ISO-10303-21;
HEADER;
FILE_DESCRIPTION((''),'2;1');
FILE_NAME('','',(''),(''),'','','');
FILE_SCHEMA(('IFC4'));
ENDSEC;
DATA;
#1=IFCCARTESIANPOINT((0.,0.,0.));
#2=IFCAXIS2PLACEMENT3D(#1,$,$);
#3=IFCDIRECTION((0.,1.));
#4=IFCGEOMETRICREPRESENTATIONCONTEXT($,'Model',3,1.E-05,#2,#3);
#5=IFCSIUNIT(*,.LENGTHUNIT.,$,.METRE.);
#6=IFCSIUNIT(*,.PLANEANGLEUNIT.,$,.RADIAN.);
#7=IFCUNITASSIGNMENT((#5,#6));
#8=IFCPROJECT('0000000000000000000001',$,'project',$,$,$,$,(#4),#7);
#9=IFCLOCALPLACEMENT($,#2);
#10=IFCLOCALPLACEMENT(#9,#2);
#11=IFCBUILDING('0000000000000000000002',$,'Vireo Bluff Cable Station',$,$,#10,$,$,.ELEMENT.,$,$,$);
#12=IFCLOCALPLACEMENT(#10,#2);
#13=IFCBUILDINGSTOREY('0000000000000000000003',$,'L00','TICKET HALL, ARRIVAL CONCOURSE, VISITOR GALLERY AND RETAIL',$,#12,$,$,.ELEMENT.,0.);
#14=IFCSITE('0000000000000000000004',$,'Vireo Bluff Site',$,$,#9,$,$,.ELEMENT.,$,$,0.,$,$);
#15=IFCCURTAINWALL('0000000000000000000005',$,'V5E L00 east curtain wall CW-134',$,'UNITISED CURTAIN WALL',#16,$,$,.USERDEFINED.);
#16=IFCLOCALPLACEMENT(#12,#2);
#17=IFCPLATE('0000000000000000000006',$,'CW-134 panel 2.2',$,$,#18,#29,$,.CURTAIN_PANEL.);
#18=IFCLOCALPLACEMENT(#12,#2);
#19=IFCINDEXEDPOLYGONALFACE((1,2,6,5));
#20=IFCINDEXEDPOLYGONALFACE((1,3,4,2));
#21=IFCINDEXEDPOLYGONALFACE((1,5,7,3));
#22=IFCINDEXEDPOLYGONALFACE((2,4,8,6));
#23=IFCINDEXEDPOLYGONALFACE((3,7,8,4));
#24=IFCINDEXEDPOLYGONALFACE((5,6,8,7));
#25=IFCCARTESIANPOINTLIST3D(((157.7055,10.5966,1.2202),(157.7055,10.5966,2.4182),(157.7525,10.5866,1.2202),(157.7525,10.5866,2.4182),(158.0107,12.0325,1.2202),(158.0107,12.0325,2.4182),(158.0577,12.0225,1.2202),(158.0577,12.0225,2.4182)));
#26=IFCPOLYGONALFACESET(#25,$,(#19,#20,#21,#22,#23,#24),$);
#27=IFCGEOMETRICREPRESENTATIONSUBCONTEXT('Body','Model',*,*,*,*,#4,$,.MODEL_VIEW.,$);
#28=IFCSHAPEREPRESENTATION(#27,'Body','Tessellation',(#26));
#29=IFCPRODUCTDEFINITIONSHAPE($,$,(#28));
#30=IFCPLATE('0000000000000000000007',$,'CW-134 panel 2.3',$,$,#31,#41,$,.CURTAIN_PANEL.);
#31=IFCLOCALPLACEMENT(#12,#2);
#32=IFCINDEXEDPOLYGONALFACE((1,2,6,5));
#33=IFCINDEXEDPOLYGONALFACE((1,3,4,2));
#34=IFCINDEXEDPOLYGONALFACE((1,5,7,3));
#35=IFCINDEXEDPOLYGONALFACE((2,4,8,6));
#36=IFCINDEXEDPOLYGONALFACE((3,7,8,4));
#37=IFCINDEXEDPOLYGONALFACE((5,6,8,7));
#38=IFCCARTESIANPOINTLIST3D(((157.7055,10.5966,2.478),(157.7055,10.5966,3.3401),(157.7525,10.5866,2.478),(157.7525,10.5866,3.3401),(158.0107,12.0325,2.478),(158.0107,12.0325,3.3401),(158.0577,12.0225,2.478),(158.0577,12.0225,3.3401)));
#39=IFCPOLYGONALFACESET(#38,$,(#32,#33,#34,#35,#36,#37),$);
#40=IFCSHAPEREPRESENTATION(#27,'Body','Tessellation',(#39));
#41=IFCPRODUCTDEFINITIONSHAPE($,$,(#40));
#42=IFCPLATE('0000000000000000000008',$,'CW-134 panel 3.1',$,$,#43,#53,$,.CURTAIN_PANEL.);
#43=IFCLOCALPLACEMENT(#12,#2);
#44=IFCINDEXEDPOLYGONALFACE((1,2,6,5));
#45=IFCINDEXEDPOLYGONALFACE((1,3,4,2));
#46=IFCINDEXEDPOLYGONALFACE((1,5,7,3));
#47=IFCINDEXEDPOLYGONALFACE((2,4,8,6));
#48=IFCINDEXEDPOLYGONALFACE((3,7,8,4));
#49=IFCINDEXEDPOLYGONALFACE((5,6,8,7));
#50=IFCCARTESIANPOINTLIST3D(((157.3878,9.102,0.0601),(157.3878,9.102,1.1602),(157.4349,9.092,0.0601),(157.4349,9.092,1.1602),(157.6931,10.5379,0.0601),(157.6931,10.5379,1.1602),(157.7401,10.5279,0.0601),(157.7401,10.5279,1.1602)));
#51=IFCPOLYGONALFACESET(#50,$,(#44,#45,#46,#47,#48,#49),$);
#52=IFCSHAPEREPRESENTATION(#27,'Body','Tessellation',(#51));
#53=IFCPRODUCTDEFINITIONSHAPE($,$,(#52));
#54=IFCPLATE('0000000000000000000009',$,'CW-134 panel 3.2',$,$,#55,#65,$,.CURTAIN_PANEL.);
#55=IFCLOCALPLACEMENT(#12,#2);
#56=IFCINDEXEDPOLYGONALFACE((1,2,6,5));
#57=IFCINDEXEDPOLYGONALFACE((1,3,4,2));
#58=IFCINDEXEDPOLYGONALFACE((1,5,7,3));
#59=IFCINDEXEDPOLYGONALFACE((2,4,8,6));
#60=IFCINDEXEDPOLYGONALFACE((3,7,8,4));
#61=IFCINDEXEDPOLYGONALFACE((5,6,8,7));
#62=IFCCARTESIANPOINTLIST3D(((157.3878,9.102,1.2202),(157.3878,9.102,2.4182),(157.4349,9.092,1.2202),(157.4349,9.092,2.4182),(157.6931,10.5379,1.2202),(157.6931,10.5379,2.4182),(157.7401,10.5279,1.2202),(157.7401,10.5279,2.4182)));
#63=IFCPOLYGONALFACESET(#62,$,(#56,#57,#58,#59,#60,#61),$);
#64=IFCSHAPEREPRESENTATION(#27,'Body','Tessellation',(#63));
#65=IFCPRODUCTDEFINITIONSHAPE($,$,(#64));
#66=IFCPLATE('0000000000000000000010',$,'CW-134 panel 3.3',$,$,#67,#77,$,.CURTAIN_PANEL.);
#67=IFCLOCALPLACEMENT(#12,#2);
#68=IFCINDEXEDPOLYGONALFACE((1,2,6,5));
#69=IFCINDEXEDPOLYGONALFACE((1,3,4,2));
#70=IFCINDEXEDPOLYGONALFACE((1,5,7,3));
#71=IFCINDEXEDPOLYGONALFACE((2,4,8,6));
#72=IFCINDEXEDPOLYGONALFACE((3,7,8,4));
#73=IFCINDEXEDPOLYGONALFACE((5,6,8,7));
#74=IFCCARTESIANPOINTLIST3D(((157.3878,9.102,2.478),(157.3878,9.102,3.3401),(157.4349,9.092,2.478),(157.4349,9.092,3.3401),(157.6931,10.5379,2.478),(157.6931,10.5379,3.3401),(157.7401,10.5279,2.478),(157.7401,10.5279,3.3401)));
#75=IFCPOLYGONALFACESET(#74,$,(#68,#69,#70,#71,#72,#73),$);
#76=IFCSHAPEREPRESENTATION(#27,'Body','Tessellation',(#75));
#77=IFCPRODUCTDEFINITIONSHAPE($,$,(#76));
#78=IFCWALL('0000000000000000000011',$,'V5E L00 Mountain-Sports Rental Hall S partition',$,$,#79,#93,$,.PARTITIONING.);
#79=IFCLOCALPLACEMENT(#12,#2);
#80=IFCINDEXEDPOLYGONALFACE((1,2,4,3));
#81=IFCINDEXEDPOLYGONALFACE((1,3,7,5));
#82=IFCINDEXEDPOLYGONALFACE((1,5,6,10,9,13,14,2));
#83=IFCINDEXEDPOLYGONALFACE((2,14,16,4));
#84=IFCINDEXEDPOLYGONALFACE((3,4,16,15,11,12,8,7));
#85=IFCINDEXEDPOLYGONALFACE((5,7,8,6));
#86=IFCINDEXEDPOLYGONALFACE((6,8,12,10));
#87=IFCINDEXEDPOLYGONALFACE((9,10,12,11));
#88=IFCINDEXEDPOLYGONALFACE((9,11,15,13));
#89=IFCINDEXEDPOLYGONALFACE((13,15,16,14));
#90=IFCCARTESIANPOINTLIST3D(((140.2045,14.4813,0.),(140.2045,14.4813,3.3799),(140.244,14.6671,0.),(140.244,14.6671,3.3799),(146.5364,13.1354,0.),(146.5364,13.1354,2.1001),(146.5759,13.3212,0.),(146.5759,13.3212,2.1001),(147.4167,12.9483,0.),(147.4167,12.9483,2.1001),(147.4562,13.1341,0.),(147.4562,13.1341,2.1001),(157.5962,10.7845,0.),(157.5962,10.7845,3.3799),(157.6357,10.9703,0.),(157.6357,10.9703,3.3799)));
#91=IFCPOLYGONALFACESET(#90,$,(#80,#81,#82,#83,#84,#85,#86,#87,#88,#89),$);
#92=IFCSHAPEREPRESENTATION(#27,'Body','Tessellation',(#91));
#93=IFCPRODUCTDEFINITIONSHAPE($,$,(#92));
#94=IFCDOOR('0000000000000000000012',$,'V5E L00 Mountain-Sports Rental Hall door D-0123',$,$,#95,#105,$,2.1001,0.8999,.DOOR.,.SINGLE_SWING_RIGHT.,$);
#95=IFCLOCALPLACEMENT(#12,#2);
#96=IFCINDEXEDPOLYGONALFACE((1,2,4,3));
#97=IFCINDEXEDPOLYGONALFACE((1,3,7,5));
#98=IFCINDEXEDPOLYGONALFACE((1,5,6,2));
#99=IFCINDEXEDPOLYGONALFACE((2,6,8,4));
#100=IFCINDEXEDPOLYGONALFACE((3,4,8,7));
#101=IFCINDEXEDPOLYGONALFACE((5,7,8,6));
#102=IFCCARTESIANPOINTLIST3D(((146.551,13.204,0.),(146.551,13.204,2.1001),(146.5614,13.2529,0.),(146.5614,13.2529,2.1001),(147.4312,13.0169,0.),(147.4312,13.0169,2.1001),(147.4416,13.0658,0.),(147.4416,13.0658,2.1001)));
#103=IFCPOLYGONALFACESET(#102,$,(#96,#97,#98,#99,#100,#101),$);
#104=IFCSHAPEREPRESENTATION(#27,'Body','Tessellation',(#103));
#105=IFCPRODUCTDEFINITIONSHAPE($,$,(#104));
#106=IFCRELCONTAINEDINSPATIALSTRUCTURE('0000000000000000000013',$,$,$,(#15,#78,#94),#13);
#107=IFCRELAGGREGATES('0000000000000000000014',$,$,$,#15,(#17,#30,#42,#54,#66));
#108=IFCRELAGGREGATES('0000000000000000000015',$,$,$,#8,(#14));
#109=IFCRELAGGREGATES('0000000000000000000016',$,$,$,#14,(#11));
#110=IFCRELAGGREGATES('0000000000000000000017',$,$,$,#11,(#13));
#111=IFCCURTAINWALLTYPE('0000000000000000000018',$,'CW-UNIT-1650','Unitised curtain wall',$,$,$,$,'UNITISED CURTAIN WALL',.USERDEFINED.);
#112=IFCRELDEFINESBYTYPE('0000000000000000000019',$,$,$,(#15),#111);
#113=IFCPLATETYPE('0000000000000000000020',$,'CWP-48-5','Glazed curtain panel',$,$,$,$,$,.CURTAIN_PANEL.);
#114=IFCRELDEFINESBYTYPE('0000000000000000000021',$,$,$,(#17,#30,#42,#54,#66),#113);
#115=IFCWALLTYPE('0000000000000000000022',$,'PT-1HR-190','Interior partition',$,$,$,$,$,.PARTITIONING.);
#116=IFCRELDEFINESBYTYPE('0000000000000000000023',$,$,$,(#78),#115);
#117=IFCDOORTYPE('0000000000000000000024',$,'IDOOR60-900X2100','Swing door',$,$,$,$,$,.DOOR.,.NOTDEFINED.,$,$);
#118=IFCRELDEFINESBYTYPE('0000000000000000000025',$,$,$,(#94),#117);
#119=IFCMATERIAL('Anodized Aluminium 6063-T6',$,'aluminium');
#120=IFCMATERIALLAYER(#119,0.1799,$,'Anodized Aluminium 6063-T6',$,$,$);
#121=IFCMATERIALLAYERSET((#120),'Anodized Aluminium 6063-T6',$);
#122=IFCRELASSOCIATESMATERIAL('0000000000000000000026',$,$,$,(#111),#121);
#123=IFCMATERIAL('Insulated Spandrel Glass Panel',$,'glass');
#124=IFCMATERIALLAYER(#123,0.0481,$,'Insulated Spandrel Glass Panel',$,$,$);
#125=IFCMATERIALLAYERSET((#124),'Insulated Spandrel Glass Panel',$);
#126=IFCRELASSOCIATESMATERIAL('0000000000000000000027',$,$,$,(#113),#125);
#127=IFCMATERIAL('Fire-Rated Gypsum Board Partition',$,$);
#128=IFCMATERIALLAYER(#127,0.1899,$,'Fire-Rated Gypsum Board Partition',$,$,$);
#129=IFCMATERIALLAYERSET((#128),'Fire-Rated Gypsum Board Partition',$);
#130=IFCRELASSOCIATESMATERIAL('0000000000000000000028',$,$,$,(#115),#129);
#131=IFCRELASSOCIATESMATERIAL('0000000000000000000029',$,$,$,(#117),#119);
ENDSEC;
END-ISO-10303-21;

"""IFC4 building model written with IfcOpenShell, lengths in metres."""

from ifc_helpers import new_model, si_unit, direction, frame, frame_2d, origin, origin_with_axes, origin_2d, place, context, subcontext, project, spatial, rectangle, extrude, material, layer, layer_set, type_object, element, fill, aggregate, save


model = new_model("IFC4")

# Units and contexts
model_context = context("Model", 3, precision=1e-05, world=origin(), true_north=direction((0.0, 1.0)))
body_context = subcontext(model_context, "Body", "Model", "MODEL_VIEW")
ifc_project = project(units=[si_unit("LENGTHUNIT", "METRE"), si_unit("PLANEANGLEUNIT", "RADIAN")], contexts=[model_context])

# Site, building, storey
site_placement = place(None, origin())
site = spatial("IfcSite", under=ifc_project, at=site_placement, Name="Vireo Bluff Site", CompositionType="ELEMENT", RefElevation=0.0)
building_placement = place(site_placement, origin())
building = spatial("IfcBuilding", under=site, at=building_placement, Name="Vireo Bluff Cable Station", CompositionType="ELEMENT")
storey_placement = place(building_placement, origin())
storey = spatial("IfcBuildingStorey", under=building, at=storey_placement, Name="L00", Description="TICKET HALL, ARRIVAL CONCOURSE, VISITOR GALLERY AND RETAIL", CompositionType="ELEMENT", Elevation=0.0)

# Curtain wall
ifc_material_1 = material(Name="Anodized Aluminium 6063-T6", Category="aluminium")
ifc_layer_1 = layer(ifc_material_1, 0.1799, Name="Anodized Aluminium 6063-T6")
ifc_layer_set_1 = layer_set([ifc_layer_1], Name="Anodized Aluminium 6063-T6")
curtain_wall_type = type_object("IfcCurtainWallType", Name="CW-UNIT-1650", Description="Unitised curtain wall", ElementType="UNITISED CURTAIN WALL", PredefinedType="USERDEFINED", material=ifc_layer_set_1)
curtain_wall_placement = place(storey_placement, origin())
curtain_wall = element("IfcCurtainWall", 1, at=curtain_wall_placement, inside=storey, type_object=curtain_wall_type, Name="V5E L00 east curtain wall CW-134", ObjectType="UNITISED CURTAIN WALL", PredefinedType="USERDEFINED")

# Plates
ifc_material_2 = material(Name="Insulated Spandrel Glass Panel", Category="glass")
ifc_layer_2 = layer(ifc_material_2, 0.0481, Name="Insulated Spandrel Glass Panel")
ifc_layer_set_2 = layer_set([ifc_layer_2], Name="Insulated Spandrel Glass Panel")
plate_type = type_object("IfcPlateType", Name="CWP-48-5", Description="Glazed curtain panel", PredefinedType="CURTAIN_PANEL", material=ifc_layer_set_2)
plate_1_placement = place(storey_placement, frame((157.8816, 11.3096, 1.2202), z_axis=(0.0, 0.0, 1.0), x_axis=(-0.207912, -0.978148, 0.0)))
plate_1 = element("IfcPlate", 2, at=plate_1_placement, type_object=plate_type, Name="CW-134 panel 2.2", PredefinedType="CURTAIN_PANEL", context=body_context, shape_type="SweptSolid", body=[
    extrude(rectangle(XDim=1.468, YDim=0.0481, at=origin_2d()), origin(), (0.0, 0.0, 1.0), 1.198),
])
plate_2_placement = place(storey_placement, frame((157.8816, 11.3096, 2.478), z_axis=(0.0, 0.0, 1.0), x_axis=(-0.207912, -0.978148, 0.0)))
plate_2 = element("IfcPlate", 3, at=plate_2_placement, type_object=plate_type, Name="CW-134 panel 2.3", PredefinedType="CURTAIN_PANEL", context=body_context, shape_type="SweptSolid", body=[
    extrude(rectangle(XDim=1.468, YDim=0.0481, at=origin_2d()), origin(), (0.0, 0.0, 1.0), 0.8621),
])
plate_3_placement = place(storey_placement, frame((157.564, 9.8149, 0.0601), z_axis=(0.0, 0.0, 1.0), x_axis=(-0.207912, -0.978148, 0.0)))
plate_3 = element("IfcPlate", 4, at=plate_3_placement, type_object=plate_type, Name="CW-134 panel 3.1", PredefinedType="CURTAIN_PANEL", context=body_context, shape_type="SweptSolid", body=[
    extrude(rectangle(XDim=1.468, YDim=0.0481, at=origin_2d()), origin(), (0.0, 0.0, 1.0), 1.1001),
])
plate_4_placement = place(storey_placement, frame((157.564, 9.8149, 1.2202), z_axis=(0.0, 0.0, 1.0), x_axis=(-0.207912, -0.978148, 0.0)))
plate_4 = element("IfcPlate", 5, at=plate_4_placement, type_object=plate_type, Name="CW-134 panel 3.2", PredefinedType="CURTAIN_PANEL", context=body_context, shape_type="SweptSolid", body=[
    extrude(rectangle(XDim=1.468, YDim=0.0481, at=origin_2d()), origin(), (0.0, 0.0, 1.0), 1.198),
])
plate_5_placement = place(storey_placement, frame((157.564, 9.8149, 2.478), z_axis=(0.0, 0.0, 1.0), x_axis=(-0.207912, -0.978148, 0.0)))
plate_5 = element("IfcPlate", 6, at=plate_5_placement, type_object=plate_type, Name="CW-134 panel 3.3", PredefinedType="CURTAIN_PANEL", context=body_context, shape_type="SweptSolid", body=[
    extrude(rectangle(XDim=1.468, YDim=0.0481, at=origin_2d()), origin(), (0.0, 0.0, 1.0), 0.8621),
])
aggregate(curtain_wall, [plate_1, plate_2, plate_3, plate_4, plate_5])

# Wall, opening, door
ifc_material_3 = material(Name="Fire-Rated Gypsum Board Partition")
ifc_layer_3 = layer(ifc_material_3, 0.1899, Name="Fire-Rated Gypsum Board Partition")
ifc_layer_set_3 = layer_set([ifc_layer_3], Name="Fire-Rated Gypsum Board Partition")
wall_type = type_object("IfcWallType", Name="PT-1HR-190", Description="Interior partition", PredefinedType="PARTITIONING", material=ifc_layer_set_3)
wall_placement = place(storey_placement, frame((157.616, 10.8774, 0.0), z_axis=(0.0, 0.0, 1.0), x_axis=(-0.978147, 0.207916, 0.0)))
wall = element("IfcWall", 7, at=wall_placement, inside=storey, type_object=wall_type, Name="V5E L00 Mountain-Sports Rental Hall S partition", PredefinedType="PARTITIONING", context=body_context, shape_type="SweptSolid", body=[
    extrude(rectangle(XDim=17.7803, YDim=0.1899, at=frame_2d((8.8901, 0.0))), origin(), (0.0, 0.0, 1.0), 3.3799),
])
opening_placement = place(wall_placement, frame((10.407, 0.0, 0.0)))
opening = element("IfcOpeningElement", 8, at=opening_placement, cuts=wall, PredefinedType="OPENING", context=body_context, shape_type="SweptSolid", body=[
    extrude(rectangle(XDim=0.8999, YDim=2.1001, at=frame_2d((0.45, 1.05))), frame((0.0, 0.105, 0.0), z_axis=(0.0, -1.0, 0.0), x_axis=(1.0, 0.0, 0.0)), (0.0, 0.0, 1.0), 0.21),
])
door_type = type_object("IfcDoorType", Name="IDOOR60-900X2100", Description="Swing door", OperationType="NOTDEFINED", PredefinedType="DOOR", material=ifc_material_1)
door_placement = place(opening_placement, origin_with_axes())
door = element("IfcDoor", 9, at=door_placement, inside=storey, type_object=door_type, Name="V5E L00 Mountain-Sports Rental Hall door D-0123", OperationType="SINGLE_SWING_RIGHT", OverallHeight=2.1001, OverallWidth=0.8999, PredefinedType="DOOR", context=body_context, shape_type="SweptSolid", body=[
    extrude(rectangle(XDim=0.8999, YDim=2.1001, at=frame_2d((0.45, 1.05))), frame((0.0, 0.0249, 0.0), z_axis=(0.0, -1.0, 0.0), x_axis=(1.0, 0.0, 0.0)), (0.0, 0.0, 1.0), 0.05),
])
fill(opening, door)

save(model, "model.ifc")
